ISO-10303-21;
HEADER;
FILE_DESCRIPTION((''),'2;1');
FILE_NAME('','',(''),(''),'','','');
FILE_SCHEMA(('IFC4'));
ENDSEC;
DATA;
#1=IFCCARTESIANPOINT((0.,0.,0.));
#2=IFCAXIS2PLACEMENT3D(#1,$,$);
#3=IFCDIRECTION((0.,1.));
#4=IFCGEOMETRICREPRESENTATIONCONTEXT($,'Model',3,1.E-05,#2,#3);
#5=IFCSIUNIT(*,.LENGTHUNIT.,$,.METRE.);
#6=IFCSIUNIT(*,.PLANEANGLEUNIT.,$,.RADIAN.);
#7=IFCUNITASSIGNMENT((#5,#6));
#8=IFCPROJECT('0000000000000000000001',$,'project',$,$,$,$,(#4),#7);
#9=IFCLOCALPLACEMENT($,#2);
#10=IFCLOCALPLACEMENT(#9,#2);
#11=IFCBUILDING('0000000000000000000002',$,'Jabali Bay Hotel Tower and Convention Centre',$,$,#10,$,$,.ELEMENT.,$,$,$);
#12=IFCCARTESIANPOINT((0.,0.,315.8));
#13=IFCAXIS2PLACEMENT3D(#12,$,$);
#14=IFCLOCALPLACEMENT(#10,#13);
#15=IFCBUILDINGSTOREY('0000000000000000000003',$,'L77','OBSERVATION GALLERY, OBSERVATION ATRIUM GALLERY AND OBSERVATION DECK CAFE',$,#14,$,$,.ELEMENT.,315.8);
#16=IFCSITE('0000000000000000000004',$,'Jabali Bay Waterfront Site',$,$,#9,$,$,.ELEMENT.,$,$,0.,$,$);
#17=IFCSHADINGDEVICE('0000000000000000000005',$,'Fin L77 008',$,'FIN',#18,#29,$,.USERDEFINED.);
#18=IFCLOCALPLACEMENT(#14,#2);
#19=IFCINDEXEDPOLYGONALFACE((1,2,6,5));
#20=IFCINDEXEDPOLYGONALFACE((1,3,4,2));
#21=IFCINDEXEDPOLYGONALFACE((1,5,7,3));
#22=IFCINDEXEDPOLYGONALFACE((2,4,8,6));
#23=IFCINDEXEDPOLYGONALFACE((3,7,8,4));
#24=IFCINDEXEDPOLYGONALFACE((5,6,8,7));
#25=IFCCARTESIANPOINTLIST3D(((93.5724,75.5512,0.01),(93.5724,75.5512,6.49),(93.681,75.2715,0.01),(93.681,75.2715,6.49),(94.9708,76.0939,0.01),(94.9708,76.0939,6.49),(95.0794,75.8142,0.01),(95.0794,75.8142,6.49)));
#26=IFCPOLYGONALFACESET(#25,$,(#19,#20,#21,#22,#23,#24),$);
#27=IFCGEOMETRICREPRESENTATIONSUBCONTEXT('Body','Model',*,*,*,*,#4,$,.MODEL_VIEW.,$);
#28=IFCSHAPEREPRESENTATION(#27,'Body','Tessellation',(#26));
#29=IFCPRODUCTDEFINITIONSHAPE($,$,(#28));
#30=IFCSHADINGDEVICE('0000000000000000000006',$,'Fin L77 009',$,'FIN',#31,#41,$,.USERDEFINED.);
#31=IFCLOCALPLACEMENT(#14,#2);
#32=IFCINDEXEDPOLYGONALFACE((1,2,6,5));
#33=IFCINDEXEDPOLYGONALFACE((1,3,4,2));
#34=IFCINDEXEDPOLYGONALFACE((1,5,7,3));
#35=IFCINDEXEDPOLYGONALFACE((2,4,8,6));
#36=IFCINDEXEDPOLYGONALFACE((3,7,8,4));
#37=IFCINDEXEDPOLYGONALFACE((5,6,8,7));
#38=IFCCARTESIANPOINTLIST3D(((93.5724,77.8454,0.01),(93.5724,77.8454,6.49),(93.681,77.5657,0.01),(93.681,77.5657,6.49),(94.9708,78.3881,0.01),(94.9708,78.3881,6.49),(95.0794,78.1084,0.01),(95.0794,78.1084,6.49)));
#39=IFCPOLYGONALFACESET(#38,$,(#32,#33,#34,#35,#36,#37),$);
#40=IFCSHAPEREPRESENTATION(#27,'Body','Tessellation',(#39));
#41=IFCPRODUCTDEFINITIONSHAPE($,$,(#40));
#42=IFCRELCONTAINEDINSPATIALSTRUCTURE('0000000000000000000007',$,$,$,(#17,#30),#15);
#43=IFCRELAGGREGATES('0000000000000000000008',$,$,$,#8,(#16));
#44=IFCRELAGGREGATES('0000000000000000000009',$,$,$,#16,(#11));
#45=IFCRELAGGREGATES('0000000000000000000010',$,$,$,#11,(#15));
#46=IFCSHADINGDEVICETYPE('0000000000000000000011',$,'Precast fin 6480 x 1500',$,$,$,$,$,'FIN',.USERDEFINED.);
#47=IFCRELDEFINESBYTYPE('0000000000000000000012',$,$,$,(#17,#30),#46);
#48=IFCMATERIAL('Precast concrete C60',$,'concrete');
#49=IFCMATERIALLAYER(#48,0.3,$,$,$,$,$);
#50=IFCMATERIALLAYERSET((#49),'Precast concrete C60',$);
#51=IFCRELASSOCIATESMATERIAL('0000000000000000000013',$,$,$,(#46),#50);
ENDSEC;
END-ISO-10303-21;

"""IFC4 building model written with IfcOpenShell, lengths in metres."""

from ifc_helpers import new_model, si_unit, direction, frame, frame_2d, origin, place, context, subcontext, project, spatial, rectangle, extrude, material, layer, layer_set, type_object, element, save


model = new_model("IFC4")

# Units and contexts
model_context = context("Model", 3, precision=1e-05, world=origin(), true_north=direction((0.0, 1.0)))
body_context = subcontext(model_context, "Body", "Model", "MODEL_VIEW")
ifc_project = project(units=[si_unit("LENGTHUNIT", "METRE"), si_unit("PLANEANGLEUNIT", "RADIAN")], contexts=[model_context])

# Site, building, storey
site_placement = place(None, origin())
site = spatial("IfcSite", under=ifc_project, at=site_placement, Name="Jabali Bay Waterfront Site", CompositionType="ELEMENT", RefElevation=0.0)
building_placement = place(site_placement, origin())
building = spatial("IfcBuilding", under=site, at=building_placement, Name="Jabali Bay Hotel Tower and Convention Centre", CompositionType="ELEMENT")
storey_placement = place(building_placement, frame((0.0, 0.0, 315.8)))
storey = spatial("IfcBuildingStorey", under=building, at=storey_placement, Name="L77", Description="OBSERVATION GALLERY, OBSERVATION ATRIUM GALLERY AND OBSERVATION DECK CAFE", CompositionType="ELEMENT", Elevation=315.8)

# Shading devices
ifc_material_1 = material(Name="Precast concrete C60", Category="concrete")
ifc_layer_1 = layer(ifc_material_1, 0.3)
ifc_layer_set_1 = layer_set([ifc_layer_1], Name="Precast concrete C60")
shading_device_type = type_object("IfcShadingDeviceType", Name="Precast fin 6480 x 1500", ElementType="FIN", PredefinedType="USERDEFINED", material=ifc_layer_set_1)
for number, where, z_axis, x_axis, name in (
    (1, (93.6267, 75.4114, 0.01), (0.0, 0.0, 1.0), (0.932255, 0.361802, 0.0), "Fin L77 008"),
    (2, (93.6267, 77.7056, 0.01), (0.0, 0.0, 1.0), (0.932255, 0.361802, 0.0), "Fin L77 009"),
):
    element("IfcShadingDevice", number, at=place(storey_placement, frame(where, z_axis=z_axis, x_axis=x_axis)), inside=storey, type_object=shading_device_type, Name=name, ObjectType="FIN", PredefinedType="USERDEFINED", context=body_context, shape_type="SweptSolid", body=[
        extrude(rectangle(XDim=1.5, YDim=0.3, at=frame_2d((0.75, 0.0))), origin(), (0.0, 0.0, 1.0), 6.48),
    ])

save(model, "model.ifc")
